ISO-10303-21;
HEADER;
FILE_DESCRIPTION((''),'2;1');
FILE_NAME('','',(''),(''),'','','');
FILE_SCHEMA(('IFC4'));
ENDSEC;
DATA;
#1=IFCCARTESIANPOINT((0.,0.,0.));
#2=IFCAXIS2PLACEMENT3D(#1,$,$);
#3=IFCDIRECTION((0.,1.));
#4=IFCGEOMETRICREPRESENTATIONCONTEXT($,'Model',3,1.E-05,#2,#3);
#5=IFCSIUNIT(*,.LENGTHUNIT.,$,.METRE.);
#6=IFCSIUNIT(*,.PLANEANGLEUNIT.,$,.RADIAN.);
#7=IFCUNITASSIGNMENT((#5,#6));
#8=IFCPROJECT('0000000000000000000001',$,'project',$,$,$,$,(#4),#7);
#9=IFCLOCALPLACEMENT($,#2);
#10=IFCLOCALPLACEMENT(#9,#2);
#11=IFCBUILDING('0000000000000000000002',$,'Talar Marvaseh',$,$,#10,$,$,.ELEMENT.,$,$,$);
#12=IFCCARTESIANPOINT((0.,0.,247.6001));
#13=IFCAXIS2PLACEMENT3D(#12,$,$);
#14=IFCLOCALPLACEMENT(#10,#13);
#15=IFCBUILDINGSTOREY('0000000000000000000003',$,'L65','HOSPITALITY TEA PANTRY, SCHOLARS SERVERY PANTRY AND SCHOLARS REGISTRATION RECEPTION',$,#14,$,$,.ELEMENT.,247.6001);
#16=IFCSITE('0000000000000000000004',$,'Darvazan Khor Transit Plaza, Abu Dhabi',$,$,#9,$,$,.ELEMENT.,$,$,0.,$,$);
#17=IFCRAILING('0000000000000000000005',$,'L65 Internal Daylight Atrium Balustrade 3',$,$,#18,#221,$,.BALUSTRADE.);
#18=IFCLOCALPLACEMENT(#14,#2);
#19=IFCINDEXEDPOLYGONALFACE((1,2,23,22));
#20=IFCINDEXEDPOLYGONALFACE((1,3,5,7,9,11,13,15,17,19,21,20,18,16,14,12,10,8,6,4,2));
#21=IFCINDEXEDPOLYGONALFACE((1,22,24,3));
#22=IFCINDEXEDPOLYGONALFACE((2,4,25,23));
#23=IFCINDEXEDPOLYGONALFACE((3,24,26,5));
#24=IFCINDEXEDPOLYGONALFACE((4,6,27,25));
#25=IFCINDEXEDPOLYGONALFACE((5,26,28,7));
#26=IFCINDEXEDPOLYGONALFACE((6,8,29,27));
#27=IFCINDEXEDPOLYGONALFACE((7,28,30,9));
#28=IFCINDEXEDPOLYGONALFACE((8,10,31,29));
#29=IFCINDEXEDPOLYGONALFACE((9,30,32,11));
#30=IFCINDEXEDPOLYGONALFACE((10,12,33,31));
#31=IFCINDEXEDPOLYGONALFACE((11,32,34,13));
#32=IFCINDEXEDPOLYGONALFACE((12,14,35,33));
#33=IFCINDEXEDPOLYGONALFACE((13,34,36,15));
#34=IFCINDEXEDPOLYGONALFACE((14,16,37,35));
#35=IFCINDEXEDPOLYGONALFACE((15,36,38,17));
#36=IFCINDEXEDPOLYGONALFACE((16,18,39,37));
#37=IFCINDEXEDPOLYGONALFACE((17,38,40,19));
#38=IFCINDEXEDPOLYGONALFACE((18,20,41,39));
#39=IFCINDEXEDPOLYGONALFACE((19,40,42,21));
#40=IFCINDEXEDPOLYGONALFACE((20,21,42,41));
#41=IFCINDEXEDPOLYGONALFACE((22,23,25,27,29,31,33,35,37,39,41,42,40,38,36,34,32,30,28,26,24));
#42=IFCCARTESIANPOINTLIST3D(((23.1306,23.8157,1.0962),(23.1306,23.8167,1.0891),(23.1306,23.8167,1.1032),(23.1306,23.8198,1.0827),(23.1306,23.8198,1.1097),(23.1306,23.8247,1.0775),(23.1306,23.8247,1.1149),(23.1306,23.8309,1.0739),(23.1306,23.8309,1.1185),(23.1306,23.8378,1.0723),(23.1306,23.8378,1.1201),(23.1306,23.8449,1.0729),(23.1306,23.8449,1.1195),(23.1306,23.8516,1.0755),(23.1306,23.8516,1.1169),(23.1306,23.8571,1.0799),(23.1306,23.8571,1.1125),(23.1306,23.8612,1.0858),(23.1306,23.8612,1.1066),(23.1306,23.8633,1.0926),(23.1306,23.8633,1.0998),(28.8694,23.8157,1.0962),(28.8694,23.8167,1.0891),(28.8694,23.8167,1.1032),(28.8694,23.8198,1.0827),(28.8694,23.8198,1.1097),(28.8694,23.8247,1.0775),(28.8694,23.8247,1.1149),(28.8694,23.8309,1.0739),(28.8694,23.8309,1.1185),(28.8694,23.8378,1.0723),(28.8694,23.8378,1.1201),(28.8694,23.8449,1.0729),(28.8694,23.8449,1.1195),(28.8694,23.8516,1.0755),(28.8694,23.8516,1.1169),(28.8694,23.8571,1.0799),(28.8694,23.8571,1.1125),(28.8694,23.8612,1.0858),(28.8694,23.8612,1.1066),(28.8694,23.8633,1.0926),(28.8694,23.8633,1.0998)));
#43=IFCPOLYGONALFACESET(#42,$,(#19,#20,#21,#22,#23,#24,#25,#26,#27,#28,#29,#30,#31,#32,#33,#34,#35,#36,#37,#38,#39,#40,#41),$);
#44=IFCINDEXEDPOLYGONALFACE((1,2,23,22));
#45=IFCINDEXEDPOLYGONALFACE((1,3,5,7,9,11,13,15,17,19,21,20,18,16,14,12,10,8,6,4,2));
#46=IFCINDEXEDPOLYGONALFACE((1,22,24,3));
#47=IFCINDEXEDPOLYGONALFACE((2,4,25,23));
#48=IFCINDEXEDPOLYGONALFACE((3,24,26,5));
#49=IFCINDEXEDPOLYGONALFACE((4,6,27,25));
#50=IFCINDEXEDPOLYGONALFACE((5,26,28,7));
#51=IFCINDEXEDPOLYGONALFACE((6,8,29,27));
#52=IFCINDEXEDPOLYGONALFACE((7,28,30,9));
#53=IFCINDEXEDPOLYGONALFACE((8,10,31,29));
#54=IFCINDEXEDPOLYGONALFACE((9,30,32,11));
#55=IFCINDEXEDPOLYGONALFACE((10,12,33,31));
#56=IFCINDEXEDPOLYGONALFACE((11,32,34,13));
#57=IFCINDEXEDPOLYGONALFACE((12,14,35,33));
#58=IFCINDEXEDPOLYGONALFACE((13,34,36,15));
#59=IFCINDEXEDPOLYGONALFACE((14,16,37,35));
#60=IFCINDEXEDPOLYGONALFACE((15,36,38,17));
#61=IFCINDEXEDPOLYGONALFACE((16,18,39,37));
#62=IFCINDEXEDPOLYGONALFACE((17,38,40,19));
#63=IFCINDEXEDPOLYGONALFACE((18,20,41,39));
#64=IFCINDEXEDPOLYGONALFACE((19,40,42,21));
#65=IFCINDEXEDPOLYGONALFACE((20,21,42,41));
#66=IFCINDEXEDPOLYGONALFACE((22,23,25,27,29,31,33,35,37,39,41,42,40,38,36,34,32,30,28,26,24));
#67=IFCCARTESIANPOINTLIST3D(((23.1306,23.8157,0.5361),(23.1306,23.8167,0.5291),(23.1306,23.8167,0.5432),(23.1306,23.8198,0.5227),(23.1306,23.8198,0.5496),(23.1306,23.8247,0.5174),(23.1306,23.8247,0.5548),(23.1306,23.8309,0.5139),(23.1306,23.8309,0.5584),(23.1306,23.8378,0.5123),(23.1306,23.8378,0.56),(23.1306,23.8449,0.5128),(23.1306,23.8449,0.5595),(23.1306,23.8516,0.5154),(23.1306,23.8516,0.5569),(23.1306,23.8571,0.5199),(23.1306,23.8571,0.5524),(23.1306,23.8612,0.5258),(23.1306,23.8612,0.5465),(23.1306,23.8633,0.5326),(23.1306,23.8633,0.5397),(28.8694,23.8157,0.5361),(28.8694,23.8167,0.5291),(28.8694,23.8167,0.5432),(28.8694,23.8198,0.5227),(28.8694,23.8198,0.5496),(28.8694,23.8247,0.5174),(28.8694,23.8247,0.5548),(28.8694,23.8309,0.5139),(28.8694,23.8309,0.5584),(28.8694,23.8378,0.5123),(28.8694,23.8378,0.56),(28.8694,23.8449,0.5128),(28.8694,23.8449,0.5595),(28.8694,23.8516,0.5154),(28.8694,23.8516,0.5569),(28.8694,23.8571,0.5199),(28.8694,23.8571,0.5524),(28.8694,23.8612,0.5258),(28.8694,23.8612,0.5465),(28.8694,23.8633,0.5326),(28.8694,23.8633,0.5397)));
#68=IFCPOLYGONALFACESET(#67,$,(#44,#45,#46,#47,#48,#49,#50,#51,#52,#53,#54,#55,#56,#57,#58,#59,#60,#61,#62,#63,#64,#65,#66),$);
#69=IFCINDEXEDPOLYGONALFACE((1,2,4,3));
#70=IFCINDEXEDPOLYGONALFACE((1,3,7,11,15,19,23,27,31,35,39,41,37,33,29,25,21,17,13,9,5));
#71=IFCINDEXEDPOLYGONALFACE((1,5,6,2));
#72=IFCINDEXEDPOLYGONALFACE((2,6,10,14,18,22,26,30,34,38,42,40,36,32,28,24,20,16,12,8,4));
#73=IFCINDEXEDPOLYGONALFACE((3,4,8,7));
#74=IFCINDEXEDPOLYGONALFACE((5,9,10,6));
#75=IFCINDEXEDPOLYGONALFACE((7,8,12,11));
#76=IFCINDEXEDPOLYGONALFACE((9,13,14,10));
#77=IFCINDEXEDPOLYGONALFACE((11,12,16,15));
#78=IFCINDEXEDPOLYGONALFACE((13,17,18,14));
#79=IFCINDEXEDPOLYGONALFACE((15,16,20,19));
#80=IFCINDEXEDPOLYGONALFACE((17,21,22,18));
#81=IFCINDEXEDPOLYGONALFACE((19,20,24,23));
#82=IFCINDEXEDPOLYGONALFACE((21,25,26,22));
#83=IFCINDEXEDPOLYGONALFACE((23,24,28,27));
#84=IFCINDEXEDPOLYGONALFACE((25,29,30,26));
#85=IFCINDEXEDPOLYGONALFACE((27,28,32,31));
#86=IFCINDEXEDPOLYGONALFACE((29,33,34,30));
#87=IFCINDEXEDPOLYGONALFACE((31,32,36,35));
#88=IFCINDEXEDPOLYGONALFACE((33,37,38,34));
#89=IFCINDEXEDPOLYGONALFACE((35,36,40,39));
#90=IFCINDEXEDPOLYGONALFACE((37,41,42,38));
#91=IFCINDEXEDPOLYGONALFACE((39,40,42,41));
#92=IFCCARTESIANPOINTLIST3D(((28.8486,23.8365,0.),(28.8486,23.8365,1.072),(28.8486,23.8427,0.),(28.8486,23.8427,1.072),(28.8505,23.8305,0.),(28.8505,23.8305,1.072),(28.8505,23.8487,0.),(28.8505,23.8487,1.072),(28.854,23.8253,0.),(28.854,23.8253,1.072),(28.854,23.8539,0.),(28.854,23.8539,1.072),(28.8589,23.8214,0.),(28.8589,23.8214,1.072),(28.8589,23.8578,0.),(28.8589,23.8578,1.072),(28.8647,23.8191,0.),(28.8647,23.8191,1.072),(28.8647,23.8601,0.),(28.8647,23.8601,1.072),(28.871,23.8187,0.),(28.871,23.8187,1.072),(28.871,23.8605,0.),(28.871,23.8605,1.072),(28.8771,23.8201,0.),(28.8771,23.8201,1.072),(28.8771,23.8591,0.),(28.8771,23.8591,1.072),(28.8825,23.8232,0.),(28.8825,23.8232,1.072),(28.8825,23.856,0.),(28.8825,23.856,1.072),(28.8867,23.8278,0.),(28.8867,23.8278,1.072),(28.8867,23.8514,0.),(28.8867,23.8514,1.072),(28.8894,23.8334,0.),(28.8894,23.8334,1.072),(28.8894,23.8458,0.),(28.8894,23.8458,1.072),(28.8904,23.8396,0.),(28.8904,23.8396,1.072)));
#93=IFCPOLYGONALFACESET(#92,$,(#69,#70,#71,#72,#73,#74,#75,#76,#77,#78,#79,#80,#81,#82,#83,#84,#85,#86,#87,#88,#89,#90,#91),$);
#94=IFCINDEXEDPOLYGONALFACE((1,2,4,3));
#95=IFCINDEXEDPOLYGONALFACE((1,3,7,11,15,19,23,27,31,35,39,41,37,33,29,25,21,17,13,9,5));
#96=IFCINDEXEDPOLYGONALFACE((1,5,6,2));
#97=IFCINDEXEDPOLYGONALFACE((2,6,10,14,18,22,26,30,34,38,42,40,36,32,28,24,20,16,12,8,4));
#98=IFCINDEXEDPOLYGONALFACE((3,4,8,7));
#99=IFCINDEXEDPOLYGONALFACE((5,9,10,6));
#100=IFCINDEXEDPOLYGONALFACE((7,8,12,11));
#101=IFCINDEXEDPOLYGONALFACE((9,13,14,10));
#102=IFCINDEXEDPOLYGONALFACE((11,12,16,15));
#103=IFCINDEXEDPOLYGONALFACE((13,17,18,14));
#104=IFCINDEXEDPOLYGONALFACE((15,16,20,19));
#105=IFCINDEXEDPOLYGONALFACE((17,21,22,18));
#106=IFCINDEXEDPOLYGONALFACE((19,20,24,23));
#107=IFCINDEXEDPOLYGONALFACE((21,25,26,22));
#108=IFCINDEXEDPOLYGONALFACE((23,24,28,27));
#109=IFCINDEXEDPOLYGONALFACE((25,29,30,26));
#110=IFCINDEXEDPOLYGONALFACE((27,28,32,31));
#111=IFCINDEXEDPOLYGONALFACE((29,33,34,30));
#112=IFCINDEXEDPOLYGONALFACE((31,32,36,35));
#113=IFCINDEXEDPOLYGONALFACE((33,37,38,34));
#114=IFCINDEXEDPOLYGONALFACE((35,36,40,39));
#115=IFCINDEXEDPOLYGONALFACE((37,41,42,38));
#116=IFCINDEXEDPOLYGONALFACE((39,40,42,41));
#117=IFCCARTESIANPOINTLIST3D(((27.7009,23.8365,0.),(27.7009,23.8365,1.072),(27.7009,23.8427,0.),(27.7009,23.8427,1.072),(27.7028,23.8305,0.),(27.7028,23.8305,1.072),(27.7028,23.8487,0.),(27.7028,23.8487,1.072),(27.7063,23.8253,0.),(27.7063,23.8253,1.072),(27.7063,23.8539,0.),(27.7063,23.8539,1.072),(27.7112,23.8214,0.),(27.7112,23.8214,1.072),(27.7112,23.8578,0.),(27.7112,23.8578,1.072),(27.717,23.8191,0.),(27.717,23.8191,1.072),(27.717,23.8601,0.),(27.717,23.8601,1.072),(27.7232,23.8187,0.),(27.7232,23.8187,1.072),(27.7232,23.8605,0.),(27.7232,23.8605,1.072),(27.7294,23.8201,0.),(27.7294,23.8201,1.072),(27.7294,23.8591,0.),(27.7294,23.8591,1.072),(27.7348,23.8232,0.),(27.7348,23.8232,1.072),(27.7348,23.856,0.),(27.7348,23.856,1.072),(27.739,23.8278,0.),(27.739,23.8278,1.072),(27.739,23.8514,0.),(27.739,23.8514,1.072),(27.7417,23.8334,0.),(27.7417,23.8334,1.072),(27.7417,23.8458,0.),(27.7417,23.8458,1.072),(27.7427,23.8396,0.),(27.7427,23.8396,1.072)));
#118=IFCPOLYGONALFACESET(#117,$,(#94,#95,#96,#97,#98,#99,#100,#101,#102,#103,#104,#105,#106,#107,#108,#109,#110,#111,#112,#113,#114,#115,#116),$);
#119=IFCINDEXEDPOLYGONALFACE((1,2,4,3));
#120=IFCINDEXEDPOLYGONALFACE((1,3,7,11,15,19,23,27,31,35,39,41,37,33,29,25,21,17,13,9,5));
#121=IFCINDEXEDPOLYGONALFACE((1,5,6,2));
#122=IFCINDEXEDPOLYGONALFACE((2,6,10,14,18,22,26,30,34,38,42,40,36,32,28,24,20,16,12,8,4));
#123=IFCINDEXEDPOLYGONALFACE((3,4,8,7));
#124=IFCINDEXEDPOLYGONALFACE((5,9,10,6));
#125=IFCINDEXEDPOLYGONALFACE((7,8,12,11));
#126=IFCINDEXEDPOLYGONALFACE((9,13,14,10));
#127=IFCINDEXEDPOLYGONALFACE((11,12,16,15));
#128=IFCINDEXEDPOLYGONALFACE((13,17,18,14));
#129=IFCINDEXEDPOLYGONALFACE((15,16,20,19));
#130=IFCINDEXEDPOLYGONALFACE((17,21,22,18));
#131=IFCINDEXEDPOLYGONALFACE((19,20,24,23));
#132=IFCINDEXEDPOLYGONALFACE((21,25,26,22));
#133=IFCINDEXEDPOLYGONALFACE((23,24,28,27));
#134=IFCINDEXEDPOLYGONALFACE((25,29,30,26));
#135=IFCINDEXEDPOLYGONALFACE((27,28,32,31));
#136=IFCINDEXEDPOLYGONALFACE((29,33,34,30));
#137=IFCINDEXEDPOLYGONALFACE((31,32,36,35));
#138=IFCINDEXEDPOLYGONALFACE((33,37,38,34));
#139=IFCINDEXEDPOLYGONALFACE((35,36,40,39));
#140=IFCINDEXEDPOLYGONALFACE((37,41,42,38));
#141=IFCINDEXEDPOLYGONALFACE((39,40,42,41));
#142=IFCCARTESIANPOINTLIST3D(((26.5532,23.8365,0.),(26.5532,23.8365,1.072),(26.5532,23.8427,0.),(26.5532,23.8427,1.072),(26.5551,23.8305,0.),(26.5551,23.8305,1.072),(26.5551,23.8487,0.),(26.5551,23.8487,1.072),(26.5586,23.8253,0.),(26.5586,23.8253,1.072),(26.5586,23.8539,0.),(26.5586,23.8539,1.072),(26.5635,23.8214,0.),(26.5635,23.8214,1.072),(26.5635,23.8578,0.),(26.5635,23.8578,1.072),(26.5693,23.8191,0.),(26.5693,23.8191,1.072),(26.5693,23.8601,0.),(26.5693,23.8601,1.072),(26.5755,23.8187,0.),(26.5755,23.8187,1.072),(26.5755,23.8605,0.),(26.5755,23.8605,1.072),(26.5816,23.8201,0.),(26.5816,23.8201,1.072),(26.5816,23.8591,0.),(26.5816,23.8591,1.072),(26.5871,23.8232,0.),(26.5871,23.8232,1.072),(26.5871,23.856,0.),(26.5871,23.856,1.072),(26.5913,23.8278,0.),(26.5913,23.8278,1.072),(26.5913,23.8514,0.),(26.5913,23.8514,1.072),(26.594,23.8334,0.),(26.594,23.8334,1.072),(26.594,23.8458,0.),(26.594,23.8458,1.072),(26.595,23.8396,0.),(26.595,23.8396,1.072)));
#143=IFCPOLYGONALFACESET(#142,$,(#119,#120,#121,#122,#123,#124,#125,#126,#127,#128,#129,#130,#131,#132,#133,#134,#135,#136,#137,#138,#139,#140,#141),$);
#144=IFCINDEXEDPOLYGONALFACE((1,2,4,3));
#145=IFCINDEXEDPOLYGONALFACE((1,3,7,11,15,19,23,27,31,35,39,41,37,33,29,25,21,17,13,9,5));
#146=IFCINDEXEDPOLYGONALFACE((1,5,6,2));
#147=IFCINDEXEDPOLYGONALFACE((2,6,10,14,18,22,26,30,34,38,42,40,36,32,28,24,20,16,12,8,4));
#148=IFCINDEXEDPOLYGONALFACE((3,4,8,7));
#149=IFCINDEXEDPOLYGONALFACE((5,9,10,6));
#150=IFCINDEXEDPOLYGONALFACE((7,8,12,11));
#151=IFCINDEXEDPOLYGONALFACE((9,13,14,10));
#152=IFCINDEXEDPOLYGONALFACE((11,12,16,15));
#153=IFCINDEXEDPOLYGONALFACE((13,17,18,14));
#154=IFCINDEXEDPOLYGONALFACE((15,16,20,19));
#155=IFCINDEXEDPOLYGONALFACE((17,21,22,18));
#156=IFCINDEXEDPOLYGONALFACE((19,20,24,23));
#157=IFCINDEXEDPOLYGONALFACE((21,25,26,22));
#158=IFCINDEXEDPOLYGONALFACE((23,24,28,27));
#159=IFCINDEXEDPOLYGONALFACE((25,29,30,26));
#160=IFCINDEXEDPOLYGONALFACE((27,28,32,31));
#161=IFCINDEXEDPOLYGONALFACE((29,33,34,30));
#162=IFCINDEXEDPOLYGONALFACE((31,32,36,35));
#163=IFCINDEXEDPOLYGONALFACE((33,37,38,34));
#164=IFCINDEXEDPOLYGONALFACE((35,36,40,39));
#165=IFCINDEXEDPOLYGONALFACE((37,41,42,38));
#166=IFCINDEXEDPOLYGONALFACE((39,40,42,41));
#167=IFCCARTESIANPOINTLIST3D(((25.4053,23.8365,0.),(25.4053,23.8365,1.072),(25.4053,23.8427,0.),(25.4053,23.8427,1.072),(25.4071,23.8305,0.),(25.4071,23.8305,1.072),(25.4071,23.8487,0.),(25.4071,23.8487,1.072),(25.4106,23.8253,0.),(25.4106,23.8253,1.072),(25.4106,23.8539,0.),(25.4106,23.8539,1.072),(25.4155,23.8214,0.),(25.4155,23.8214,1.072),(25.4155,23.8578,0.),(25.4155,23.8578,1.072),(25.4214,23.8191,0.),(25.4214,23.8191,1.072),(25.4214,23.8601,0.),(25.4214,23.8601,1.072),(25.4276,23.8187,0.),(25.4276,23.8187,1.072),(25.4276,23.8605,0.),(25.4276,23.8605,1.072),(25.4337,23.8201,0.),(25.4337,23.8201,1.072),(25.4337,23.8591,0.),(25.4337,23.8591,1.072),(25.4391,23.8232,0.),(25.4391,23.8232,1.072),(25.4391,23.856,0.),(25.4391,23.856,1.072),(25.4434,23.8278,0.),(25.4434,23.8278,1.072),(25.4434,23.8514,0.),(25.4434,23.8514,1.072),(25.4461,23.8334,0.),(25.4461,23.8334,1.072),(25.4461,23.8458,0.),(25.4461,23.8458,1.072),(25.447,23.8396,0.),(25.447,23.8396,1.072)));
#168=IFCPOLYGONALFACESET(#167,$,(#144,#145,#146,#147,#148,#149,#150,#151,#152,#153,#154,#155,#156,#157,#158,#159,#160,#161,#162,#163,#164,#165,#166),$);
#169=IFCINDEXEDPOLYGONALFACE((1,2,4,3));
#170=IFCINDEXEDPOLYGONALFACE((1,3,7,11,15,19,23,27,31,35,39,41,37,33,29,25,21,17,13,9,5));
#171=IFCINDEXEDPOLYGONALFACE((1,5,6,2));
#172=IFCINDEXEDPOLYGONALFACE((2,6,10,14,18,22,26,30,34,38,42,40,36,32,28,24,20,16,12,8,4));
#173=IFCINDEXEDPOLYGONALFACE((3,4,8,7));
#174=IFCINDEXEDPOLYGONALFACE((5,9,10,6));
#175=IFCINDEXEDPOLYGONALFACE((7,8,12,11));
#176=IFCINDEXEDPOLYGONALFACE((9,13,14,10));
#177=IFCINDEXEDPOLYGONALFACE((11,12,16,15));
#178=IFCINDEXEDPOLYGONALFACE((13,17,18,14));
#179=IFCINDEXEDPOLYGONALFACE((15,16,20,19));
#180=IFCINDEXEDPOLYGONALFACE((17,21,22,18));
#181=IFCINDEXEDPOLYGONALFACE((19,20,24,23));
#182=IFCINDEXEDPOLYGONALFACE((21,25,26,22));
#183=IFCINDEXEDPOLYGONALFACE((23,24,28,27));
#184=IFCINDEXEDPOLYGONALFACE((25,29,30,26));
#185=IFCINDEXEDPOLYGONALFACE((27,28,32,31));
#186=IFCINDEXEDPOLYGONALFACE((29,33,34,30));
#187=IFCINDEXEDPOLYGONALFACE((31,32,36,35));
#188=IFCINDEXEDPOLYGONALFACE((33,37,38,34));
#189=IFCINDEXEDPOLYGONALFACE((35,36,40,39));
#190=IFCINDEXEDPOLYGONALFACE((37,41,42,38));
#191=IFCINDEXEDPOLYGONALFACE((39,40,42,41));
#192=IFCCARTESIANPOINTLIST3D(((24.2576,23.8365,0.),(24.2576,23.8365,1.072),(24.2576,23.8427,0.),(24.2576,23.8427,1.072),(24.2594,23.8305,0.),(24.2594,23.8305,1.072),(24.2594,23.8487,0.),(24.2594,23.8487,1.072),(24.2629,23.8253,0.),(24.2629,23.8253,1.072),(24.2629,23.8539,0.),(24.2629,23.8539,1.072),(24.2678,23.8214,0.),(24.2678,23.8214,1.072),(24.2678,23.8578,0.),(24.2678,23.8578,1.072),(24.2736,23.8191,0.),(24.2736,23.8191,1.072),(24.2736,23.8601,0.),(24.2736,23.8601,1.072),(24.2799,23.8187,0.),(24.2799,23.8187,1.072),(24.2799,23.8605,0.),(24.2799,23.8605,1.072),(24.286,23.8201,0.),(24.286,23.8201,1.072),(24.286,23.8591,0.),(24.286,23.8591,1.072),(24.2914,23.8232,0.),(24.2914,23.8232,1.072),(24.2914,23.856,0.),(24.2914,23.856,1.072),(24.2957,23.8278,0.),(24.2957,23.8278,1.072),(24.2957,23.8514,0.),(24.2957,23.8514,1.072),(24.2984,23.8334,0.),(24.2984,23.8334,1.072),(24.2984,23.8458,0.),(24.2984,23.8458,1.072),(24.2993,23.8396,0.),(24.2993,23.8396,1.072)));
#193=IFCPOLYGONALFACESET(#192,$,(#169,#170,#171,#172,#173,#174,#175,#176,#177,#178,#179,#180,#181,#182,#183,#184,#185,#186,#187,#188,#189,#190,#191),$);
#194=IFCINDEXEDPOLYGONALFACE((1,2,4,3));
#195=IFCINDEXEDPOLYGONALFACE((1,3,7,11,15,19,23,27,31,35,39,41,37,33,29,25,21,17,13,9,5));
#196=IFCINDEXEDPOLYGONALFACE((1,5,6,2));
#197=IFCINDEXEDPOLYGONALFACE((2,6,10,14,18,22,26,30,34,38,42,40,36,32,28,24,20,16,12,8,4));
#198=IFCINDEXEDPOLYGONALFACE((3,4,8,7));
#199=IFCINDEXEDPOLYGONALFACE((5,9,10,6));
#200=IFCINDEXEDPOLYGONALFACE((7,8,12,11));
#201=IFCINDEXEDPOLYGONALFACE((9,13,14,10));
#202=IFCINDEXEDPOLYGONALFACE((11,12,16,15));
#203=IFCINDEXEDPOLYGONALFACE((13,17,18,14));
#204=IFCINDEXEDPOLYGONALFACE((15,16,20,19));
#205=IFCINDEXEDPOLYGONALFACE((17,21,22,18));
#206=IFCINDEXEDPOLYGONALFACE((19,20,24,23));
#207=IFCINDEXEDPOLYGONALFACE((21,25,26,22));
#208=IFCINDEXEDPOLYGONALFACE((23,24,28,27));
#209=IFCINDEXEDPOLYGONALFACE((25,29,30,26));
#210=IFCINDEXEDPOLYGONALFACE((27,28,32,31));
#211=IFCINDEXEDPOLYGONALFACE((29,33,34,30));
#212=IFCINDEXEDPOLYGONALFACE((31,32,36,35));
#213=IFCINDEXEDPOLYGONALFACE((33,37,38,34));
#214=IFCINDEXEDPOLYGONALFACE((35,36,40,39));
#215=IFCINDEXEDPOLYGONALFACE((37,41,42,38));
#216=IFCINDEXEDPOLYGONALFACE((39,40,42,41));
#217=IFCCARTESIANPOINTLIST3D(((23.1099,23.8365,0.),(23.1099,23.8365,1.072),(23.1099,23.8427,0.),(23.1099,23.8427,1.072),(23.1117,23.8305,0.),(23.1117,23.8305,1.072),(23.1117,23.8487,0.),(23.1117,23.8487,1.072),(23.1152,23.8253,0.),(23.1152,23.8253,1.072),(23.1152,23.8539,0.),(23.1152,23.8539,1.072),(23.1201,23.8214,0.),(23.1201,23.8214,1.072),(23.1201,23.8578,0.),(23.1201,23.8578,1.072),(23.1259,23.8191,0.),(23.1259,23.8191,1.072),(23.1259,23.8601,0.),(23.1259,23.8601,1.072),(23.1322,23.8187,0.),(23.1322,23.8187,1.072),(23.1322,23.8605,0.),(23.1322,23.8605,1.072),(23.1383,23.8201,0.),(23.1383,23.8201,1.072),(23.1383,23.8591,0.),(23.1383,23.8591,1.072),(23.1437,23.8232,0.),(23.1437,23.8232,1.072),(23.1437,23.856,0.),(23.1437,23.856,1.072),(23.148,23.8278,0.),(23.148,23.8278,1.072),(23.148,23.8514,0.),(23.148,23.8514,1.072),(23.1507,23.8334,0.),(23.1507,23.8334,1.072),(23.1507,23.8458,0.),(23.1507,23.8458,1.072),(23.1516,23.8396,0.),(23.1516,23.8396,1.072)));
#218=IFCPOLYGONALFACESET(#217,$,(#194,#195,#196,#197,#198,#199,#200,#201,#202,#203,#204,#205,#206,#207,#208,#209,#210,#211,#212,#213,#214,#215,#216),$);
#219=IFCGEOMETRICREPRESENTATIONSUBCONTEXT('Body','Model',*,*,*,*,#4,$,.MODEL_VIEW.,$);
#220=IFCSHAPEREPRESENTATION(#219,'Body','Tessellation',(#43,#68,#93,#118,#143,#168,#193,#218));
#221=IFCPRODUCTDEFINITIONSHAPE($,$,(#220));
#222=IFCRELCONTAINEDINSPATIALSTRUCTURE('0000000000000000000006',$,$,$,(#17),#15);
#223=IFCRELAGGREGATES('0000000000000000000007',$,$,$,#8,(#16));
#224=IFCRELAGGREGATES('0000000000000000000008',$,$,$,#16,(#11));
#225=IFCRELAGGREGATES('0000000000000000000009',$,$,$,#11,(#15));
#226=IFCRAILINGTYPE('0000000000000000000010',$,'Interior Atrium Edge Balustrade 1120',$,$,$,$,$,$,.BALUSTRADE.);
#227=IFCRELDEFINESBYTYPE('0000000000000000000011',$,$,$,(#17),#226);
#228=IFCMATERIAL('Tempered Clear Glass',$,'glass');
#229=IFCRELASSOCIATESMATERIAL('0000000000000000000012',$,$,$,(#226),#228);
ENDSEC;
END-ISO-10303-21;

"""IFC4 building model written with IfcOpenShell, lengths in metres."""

from ifc_helpers import new_model, si_unit, direction, frame, origin, origin_2d, place, context, subcontext, project, spatial, circle, extrude, material, type_object, element, save


model = new_model("IFC4")

# Units and contexts
model_context = context("Model", 3, precision=1e-05, world=origin(), true_north=direction((0.0, 1.0)))
body_context = subcontext(model_context, "Body", "Model", "MODEL_VIEW")
ifc_project = project(units=[si_unit("LENGTHUNIT", "METRE"), si_unit("PLANEANGLEUNIT", "RADIAN")], contexts=[model_context])

# Site, building, storey
site_placement = place(None, origin())
site = spatial("IfcSite", under=ifc_project, at=site_placement, Name="Darvazan Khor Transit Plaza, Abu Dhabi", CompositionType="ELEMENT", RefElevation=0.0)
building_placement = place(site_placement, origin())
building = spatial("IfcBuilding", under=site, at=building_placement, Name="Talar Marvaseh", CompositionType="ELEMENT")
storey_placement = place(building_placement, frame((0.0, 0.0, 247.6001)))
storey = spatial("IfcBuildingStorey", under=building, at=storey_placement, Name="L65", Description="HOSPITALITY TEA PANTRY, SCHOLARS SERVERY PANTRY AND SCHOLARS REGISTRATION RECEPTION", CompositionType="ELEMENT", Elevation=247.6001)

# Railing
ifc_material_1 = material(Name="Tempered Clear Glass", Category="glass")
railing_type = type_object("IfcRailingType", Name="Interior Atrium Edge Balustrade 1120", PredefinedType="BALUSTRADE", material=ifc_material_1)
railing_1_placement = place(storey_placement, frame((28.8694, 23.8396, 0.0)))
element("IfcRailing", 1, at=railing_1_placement, inside=storey, type_object=railing_type, Name="L65 Internal Daylight Atrium Balustrade 3", PredefinedType="BALUSTRADE", context=body_context, shape_type="SweptSolid", body=[
    extrude(circle(Radius=0.0239, at=origin_2d()), frame((0.0, 0.0, 1.0962), z_axis=(-1.0, 0.0, 0.0), x_axis=(0.0, -1.0, 0.0)), (0.0, 0.0, 1.0), 5.7388),
    extrude(circle(Radius=0.0239, at=origin_2d()), frame((0.0, 0.0, 0.5361), z_axis=(-1.0, 0.0, 0.0), x_axis=(0.0, -1.0, 0.0)), (0.0, 0.0, 1.0), 5.7388),
    extrude(circle(Radius=0.021, at=origin_2d()), origin(), (0.0, 0.0, 1.0), 1.072),
    extrude(circle(Radius=0.021, at=origin_2d()), frame((-1.1477, 0.0, 0.0)), (0.0, 0.0, 1.0), 1.072),
    extrude(circle(Radius=0.021, at=origin_2d()), frame((-2.2954, 0.0, 0.0)), (0.0, 0.0, 1.0), 1.072),
    extrude(circle(Radius=0.021, at=origin_2d()), frame((-3.4434, 0.0, 0.0)), (0.0, 0.0, 1.0), 1.072),
    extrude(circle(Radius=0.021, at=origin_2d()), frame((-4.5911, 0.0, 0.0)), (0.0, 0.0, 1.0), 1.072),
    extrude(circle(Radius=0.021, at=origin_2d()), frame((-5.7388, 0.0, 0.0)), (0.0, 0.0, 1.0), 1.072),
])

save(model, "model.ifc")
